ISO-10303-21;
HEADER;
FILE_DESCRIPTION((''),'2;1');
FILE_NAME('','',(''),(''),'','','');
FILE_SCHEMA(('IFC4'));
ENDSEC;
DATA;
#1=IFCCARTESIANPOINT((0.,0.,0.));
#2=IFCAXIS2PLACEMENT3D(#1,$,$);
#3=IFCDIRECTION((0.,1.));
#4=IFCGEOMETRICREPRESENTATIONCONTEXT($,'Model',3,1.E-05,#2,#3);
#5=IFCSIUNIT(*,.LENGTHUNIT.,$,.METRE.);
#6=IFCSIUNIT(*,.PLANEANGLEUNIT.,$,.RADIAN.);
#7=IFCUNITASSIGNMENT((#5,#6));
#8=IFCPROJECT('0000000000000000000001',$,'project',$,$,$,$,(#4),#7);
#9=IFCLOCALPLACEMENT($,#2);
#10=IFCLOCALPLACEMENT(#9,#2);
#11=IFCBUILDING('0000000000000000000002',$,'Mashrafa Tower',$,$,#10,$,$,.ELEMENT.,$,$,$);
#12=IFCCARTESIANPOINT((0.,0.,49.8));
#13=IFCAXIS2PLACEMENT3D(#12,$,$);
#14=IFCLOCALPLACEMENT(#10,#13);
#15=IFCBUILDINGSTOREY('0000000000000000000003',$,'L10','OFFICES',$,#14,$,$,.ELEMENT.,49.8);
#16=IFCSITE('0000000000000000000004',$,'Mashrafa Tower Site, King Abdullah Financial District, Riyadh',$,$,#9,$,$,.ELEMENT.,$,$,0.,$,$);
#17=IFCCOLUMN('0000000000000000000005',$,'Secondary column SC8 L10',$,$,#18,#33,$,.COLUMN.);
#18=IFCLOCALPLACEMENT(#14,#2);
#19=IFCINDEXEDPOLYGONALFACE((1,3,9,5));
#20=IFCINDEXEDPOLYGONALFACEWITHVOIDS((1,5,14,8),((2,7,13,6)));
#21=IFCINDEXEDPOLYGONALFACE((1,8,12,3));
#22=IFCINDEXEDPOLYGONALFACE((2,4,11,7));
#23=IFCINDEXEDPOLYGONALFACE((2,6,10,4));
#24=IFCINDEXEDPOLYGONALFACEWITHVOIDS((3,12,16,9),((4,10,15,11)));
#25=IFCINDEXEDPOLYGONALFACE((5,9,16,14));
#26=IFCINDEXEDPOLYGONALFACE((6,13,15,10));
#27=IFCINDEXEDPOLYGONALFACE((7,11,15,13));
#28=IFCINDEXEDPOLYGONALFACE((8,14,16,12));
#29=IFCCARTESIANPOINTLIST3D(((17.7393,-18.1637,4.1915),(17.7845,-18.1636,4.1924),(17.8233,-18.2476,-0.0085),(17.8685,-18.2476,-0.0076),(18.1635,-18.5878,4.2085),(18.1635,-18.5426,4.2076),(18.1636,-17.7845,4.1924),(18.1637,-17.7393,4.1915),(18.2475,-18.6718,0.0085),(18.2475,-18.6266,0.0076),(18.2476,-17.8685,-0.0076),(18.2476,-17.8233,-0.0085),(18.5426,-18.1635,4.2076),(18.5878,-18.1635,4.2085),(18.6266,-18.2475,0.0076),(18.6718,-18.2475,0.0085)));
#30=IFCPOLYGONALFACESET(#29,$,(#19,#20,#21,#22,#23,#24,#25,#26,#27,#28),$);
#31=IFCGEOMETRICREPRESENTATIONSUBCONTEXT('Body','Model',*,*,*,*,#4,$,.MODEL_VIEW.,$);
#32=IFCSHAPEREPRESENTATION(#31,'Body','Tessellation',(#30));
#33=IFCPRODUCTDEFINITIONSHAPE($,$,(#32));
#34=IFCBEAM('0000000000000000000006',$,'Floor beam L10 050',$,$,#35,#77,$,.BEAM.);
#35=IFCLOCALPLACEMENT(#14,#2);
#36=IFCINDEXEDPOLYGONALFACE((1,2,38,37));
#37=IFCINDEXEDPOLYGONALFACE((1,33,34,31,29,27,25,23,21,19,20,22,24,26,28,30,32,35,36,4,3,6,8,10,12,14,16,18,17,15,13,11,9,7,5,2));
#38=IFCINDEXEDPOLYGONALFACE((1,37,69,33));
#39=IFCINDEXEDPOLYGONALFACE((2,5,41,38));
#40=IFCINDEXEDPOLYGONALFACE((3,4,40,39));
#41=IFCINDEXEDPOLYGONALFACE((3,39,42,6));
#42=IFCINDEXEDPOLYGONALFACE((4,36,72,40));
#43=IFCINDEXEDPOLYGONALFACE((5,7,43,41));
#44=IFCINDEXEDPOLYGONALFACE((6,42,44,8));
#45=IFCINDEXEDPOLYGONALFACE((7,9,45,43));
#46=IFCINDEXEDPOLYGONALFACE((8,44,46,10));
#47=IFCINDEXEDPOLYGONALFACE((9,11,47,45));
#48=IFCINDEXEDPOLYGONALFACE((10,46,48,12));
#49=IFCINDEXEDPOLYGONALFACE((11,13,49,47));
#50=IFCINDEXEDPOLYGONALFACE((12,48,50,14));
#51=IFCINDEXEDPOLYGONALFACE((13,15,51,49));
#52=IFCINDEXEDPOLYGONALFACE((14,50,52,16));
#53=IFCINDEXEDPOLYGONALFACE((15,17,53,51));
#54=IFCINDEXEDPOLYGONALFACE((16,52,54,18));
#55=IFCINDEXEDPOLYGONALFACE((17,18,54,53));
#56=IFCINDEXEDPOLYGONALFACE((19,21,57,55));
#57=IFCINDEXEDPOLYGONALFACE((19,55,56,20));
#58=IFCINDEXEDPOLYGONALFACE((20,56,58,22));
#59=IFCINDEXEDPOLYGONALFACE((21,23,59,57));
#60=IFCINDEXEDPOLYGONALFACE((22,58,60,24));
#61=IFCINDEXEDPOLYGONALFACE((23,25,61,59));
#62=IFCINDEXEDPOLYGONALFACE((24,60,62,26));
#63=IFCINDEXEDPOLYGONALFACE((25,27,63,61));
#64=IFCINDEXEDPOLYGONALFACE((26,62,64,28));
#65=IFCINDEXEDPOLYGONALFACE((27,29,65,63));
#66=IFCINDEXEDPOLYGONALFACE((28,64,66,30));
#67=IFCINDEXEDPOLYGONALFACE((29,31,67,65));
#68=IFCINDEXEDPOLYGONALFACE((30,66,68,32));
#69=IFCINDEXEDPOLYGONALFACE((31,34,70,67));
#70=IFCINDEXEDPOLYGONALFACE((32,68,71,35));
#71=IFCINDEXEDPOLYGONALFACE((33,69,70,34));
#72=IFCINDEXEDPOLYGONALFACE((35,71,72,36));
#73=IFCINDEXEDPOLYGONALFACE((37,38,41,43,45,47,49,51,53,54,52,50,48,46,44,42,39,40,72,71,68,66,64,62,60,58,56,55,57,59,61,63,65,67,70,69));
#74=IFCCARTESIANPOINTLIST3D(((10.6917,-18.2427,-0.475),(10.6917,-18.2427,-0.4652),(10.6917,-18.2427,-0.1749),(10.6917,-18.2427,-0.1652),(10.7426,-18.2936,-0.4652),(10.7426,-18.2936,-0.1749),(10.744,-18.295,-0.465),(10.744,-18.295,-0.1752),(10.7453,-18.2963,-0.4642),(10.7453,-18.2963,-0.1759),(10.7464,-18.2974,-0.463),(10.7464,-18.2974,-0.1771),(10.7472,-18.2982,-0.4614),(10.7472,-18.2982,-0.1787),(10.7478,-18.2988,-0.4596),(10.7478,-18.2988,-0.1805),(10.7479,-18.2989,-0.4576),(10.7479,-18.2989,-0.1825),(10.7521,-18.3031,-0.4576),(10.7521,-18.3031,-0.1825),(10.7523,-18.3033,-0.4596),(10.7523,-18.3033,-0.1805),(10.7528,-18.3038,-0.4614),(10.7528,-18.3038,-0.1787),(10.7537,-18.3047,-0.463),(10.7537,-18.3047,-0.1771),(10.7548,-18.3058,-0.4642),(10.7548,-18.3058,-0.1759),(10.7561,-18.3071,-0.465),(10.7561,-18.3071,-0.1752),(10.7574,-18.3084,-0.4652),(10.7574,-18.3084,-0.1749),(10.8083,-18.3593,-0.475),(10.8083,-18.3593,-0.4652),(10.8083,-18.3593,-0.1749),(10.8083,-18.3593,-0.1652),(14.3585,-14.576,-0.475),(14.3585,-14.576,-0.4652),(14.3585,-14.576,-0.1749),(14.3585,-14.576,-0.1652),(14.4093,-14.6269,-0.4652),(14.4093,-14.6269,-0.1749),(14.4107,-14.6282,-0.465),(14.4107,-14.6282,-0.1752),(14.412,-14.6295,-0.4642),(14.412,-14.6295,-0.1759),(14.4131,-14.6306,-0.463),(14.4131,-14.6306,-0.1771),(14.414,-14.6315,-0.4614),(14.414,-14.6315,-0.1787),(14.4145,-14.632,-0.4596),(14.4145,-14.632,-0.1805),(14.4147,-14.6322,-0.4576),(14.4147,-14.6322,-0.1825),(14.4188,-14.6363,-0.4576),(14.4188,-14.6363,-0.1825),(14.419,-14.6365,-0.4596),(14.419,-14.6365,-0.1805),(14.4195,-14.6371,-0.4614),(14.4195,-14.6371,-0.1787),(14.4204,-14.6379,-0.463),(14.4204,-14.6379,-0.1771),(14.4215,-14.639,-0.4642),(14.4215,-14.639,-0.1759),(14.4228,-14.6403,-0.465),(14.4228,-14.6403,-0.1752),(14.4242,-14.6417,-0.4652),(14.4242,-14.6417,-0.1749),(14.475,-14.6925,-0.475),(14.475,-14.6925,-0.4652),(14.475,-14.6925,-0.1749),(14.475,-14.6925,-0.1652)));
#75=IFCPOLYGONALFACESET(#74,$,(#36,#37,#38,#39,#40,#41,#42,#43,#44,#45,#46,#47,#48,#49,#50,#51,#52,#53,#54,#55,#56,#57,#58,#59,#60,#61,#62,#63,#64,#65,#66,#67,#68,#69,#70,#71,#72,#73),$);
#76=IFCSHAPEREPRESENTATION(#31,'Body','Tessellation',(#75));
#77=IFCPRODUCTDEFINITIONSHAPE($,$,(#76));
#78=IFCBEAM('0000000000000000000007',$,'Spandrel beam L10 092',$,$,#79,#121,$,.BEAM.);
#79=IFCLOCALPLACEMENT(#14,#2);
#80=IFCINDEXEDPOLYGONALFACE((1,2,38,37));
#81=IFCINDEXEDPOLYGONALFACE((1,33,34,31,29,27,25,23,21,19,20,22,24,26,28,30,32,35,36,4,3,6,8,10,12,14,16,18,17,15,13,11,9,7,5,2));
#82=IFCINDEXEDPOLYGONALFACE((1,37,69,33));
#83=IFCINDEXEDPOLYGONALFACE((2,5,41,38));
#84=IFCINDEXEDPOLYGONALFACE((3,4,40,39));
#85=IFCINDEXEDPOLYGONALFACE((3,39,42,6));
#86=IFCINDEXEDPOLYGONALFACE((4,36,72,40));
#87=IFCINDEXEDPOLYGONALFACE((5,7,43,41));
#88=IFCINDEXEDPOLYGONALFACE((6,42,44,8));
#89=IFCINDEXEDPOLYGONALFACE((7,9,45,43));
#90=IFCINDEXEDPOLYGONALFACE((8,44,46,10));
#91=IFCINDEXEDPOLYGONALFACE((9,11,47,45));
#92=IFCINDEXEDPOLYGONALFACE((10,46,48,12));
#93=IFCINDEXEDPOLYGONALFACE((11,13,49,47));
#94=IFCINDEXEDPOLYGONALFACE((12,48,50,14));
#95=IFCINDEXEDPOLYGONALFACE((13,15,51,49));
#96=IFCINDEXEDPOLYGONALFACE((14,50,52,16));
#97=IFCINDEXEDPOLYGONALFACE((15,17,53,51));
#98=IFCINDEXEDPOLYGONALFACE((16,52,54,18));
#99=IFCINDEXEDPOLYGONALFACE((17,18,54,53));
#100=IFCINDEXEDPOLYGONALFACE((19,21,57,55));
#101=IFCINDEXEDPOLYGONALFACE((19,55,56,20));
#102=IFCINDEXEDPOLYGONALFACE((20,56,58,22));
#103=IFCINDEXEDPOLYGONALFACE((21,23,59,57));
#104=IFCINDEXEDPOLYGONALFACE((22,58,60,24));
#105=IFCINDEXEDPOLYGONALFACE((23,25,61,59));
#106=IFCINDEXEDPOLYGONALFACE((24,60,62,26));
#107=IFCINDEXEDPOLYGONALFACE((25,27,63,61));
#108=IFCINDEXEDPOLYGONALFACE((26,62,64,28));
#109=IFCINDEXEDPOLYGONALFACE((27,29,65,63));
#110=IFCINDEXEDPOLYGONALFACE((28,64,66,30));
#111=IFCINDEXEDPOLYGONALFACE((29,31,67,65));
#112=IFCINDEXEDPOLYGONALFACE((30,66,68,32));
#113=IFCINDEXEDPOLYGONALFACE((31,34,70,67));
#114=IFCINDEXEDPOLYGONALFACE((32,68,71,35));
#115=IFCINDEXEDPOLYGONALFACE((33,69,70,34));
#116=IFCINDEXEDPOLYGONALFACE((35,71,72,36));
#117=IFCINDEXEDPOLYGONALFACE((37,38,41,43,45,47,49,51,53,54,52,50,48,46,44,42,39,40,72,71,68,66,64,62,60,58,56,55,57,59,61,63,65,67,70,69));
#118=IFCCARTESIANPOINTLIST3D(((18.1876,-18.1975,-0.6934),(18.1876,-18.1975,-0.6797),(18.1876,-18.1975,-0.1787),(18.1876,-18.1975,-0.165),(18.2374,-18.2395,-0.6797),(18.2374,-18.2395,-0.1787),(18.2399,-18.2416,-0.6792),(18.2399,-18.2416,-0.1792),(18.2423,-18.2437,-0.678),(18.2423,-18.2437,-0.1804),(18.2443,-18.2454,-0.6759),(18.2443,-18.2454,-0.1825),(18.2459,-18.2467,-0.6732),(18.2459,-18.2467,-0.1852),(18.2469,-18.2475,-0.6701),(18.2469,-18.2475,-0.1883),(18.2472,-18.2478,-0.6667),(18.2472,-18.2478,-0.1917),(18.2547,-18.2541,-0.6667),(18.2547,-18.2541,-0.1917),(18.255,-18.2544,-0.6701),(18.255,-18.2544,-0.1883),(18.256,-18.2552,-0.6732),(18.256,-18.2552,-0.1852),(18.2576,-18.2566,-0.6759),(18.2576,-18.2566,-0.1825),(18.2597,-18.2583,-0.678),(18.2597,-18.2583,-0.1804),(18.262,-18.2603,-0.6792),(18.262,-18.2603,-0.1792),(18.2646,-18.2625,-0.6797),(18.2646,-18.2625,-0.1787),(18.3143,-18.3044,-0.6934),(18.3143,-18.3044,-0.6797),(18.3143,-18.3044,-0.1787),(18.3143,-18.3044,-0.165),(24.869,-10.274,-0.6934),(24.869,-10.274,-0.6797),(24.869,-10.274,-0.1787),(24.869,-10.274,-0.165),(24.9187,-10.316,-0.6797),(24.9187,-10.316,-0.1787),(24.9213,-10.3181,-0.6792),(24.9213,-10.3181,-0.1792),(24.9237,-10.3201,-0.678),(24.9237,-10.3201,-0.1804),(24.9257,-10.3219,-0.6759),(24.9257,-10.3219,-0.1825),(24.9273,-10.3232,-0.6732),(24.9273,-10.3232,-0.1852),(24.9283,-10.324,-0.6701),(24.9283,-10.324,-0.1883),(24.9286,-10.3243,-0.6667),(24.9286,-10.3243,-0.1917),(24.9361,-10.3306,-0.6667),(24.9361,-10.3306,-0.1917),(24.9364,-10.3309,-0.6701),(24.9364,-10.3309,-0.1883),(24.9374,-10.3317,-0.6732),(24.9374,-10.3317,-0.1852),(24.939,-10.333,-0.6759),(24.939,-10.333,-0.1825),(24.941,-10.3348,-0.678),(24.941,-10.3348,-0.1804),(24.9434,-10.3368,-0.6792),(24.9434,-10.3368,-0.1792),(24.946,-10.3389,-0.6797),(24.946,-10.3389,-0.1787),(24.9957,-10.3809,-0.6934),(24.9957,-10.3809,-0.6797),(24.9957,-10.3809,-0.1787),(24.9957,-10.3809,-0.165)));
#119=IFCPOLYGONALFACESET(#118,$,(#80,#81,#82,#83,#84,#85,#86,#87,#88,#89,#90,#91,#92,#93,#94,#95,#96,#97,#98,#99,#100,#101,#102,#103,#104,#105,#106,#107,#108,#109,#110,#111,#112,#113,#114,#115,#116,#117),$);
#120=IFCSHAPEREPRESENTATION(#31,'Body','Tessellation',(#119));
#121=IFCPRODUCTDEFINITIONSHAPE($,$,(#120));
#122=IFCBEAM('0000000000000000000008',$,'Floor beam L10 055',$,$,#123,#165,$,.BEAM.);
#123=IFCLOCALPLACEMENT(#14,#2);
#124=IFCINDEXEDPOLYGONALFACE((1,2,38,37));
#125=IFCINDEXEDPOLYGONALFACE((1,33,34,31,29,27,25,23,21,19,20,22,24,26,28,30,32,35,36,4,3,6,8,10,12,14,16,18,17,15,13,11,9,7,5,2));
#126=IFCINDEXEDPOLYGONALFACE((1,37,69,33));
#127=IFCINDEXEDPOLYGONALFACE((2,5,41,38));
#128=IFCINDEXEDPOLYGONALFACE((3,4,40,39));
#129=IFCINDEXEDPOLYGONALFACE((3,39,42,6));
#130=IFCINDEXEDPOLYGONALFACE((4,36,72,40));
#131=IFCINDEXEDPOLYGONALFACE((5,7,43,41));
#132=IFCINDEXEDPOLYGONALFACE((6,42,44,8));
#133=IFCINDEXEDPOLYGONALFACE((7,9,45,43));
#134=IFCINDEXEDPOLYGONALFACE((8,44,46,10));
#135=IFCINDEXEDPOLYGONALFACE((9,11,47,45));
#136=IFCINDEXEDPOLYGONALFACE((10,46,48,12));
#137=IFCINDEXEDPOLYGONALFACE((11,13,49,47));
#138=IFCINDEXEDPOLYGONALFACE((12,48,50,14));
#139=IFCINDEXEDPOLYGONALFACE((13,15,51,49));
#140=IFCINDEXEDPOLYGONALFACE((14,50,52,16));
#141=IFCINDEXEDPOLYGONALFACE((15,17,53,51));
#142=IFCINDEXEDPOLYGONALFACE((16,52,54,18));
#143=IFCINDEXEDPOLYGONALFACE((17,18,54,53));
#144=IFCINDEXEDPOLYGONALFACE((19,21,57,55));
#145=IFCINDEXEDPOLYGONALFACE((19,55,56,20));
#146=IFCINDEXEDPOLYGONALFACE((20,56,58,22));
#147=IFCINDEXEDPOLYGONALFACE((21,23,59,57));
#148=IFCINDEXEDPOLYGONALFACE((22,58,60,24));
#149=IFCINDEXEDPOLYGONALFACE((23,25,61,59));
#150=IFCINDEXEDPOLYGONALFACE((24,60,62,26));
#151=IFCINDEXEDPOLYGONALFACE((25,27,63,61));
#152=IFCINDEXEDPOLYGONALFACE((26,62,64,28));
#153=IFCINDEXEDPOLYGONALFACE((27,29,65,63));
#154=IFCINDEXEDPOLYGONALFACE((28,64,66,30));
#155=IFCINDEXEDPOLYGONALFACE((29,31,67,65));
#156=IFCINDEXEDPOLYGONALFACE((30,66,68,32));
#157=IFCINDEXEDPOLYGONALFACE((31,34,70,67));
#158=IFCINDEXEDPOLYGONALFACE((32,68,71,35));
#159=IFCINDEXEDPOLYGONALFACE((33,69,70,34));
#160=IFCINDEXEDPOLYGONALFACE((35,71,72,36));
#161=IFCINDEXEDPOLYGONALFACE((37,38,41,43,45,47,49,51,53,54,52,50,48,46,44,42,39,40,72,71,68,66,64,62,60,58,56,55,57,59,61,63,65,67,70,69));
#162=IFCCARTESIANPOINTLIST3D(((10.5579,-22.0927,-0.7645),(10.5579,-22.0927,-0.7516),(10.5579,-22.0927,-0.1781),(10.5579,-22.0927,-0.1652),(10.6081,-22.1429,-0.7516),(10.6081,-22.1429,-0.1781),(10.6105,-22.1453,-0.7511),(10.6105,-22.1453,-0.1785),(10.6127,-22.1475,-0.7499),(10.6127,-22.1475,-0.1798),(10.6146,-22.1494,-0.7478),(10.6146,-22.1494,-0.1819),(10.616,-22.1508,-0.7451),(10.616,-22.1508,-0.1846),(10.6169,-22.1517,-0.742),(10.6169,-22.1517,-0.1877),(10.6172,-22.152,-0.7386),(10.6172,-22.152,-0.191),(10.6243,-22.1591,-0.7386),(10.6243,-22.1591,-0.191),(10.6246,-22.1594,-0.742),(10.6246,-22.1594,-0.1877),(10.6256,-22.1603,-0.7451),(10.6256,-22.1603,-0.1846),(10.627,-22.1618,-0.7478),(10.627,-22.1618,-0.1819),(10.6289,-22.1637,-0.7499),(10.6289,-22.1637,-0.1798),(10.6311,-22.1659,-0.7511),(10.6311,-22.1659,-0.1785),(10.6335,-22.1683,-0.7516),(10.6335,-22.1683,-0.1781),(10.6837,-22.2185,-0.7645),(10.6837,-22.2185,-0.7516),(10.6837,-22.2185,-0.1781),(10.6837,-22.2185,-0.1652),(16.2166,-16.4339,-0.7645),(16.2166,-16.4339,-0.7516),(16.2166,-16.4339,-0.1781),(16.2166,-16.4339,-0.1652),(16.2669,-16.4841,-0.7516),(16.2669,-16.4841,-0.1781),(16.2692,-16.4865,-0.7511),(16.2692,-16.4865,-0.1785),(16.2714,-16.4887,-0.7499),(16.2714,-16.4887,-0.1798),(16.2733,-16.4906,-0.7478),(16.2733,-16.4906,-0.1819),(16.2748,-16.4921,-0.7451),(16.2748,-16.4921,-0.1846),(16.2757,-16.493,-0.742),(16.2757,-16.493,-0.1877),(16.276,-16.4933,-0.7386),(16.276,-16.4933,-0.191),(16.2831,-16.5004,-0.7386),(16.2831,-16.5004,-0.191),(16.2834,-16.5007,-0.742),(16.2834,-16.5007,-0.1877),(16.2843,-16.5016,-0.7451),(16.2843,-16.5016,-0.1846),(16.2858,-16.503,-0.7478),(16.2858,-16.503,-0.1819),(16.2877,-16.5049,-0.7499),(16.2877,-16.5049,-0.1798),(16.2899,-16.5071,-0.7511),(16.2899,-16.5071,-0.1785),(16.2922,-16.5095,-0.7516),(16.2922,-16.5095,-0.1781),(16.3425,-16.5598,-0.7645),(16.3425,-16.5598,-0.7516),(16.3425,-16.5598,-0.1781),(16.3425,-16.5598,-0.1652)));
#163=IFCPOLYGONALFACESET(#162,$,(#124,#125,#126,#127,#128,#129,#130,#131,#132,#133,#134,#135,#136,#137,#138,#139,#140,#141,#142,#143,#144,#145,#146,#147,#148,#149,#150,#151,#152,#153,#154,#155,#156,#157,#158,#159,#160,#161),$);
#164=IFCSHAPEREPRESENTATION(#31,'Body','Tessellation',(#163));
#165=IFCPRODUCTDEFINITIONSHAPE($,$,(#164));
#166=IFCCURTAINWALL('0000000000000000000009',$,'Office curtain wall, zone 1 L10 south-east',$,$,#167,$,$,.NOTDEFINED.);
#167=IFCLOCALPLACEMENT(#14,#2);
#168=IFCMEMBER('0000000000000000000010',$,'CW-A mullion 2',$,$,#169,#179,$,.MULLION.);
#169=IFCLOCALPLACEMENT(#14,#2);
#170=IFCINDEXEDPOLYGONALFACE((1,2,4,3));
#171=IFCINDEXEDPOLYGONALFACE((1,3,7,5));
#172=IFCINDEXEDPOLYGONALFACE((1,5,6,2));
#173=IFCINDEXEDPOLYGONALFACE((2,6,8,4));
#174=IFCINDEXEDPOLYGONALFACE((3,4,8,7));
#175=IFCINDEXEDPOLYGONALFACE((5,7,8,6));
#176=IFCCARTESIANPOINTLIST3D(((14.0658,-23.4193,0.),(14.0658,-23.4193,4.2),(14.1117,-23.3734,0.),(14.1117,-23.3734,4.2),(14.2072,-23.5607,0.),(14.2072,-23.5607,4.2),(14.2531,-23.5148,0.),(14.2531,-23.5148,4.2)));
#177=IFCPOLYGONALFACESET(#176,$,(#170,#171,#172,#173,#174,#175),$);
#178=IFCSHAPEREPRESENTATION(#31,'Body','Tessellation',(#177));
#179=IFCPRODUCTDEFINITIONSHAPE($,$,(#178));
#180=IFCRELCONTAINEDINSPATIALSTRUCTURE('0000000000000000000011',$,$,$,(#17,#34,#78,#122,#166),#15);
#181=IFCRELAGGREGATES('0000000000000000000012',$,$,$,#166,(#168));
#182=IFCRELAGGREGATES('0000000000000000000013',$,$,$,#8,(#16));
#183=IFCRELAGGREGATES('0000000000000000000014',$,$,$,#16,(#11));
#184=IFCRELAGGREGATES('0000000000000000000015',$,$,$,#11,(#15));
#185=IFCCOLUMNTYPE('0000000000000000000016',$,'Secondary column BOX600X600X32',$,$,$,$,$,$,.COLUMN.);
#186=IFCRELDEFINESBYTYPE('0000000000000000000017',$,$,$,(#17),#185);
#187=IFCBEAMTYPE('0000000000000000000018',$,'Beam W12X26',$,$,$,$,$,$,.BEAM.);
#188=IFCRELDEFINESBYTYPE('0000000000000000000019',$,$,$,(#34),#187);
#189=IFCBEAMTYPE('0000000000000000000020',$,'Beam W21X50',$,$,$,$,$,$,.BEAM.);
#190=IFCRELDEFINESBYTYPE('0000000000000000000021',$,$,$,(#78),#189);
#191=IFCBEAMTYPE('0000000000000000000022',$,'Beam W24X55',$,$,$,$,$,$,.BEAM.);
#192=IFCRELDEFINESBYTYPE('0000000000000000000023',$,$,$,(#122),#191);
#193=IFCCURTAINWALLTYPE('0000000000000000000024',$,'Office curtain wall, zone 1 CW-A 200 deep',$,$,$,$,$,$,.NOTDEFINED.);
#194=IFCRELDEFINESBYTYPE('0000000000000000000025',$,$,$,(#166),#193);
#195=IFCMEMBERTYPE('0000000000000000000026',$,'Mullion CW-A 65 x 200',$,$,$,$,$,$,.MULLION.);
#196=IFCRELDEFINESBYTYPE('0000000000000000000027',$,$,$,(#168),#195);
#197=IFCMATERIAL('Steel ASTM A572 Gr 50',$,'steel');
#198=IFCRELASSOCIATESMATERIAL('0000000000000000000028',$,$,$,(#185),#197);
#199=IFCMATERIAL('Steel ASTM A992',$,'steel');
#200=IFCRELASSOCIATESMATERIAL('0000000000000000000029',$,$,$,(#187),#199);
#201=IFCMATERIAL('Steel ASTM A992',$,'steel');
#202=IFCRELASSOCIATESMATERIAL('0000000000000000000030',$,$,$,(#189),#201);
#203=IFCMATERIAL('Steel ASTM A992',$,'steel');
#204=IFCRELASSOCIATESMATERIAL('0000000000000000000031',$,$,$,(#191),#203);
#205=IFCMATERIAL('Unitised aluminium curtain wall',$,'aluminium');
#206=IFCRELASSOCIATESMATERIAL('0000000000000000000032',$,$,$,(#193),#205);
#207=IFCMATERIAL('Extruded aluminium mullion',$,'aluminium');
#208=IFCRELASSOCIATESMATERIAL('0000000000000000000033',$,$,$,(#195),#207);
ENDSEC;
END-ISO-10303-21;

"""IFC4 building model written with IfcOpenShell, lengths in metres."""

from ifc_helpers import new_model, si_unit, direction, frame, origin, origin_2d, place, context, subcontext, project, spatial, rectangle, hollow_rectangle, i_section, extrude, source, transform, mapped, material, material_profile, profile_set, type_object, type_shapes, element, aggregate, save


model = new_model("IFC4")

# Units and contexts
model_context = context("Model", 3, precision=1e-05, world=origin(), true_north=direction((0.0, 1.0)))
body_context = subcontext(model_context, "Body", "Model", "MODEL_VIEW")
ifc_project = project(units=[si_unit("LENGTHUNIT", "METRE"), si_unit("PLANEANGLEUNIT", "RADIAN")], contexts=[model_context])

# Site, building, storey
site_placement = place(None, origin())
site = spatial("IfcSite", under=ifc_project, at=site_placement, Name="Mashrafa Tower Site, King Abdullah Financial District, Riyadh", CompositionType="ELEMENT", RefElevation=0.0)
building_placement = place(site_placement, origin())
building = spatial("IfcBuilding", under=site, at=building_placement, Name="Mashrafa Tower", CompositionType="ELEMENT")
storey_placement = place(building_placement, frame((0.0, 0.0, 49.8)))
storey = spatial("IfcBuildingStorey", under=building, at=storey_placement, Name="L10", Description="OFFICES", CompositionType="ELEMENT", Elevation=49.8)

# Column
ifc_material_1 = material(Name="Steel ASTM A572 Gr 50", Category="steel")
ifc_material_profile_1 = material_profile(ifc_material_1, hollow_rectangle(XDim=0.6001, YDim=0.6001, WallThickness=0.032, at=origin_2d()), Name="BOX600X600X32")
ifc_profile_set_1 = profile_set([ifc_material_profile_1], Name="Steel ASTM A572 Gr 50")
column_type = type_object("IfcColumnType", Name="Secondary column BOX600X600X32", PredefinedType="COLUMN", material=ifc_profile_set_1)
column_placement = place(storey_placement, frame((18.2476, -18.2476, 0.0), z_axis=(-0.019989, 0.019989, 0.9996), x_axis=(-0.707107, -0.707107, 0.0)))
element("IfcColumn", 1, at=column_placement, inside=storey, type_object=column_type, Name="Secondary column SC8 L10", PredefinedType="COLUMN", context=body_context, shape_type="SweptSolid", body=[
    extrude(hollow_rectangle(XDim=0.6001, YDim=0.6001, WallThickness=0.032, at=origin_2d()), origin(), (0.0, 0.0, 1.0), 4.2017),
])

# Beams
ifc_material_2 = material(Name="Steel ASTM A992", Category="steel")
ifc_material_profile_2 = material_profile(ifc_material_2, i_section(OverallWidth=0.1648, OverallDepth=0.3098, WebThickness=0.0059, FlangeThickness=0.0098, FilletRadius=0.0076, at=origin_2d()), Name="W12X26")
ifc_profile_set_2 = profile_set([ifc_material_profile_2], Name="Steel ASTM A992")
beam_type_1 = type_object("IfcBeamType", Name="Beam W12X26", PredefinedType="BEAM", material=ifc_profile_set_2)
beam_1_placement = place(storey_placement, frame((14.4167, -14.6343, -0.3201), z_axis=(-0.707107, -0.707107, 0.0), x_axis=(0.707107, -0.707107, 0.0)))
element("IfcBeam", 2, at=beam_1_placement, inside=storey, type_object=beam_type_1, Name="Floor beam L10 050", PredefinedType="BEAM", context=body_context, shape_type="SweptSolid", body=[
    extrude(i_section(OverallWidth=0.1648, OverallDepth=0.3098, WebThickness=0.0059, FlangeThickness=0.0098, FilletRadius=0.0076, at=origin_2d()), origin(), (0.0, 0.0, 1.0), 5.1855),
])
ifc_material_3 = material(Name="Steel ASTM A992", Category="steel")
ifc_material_profile_3 = material_profile(ifc_material_3, i_section(OverallWidth=0.1658, OverallDepth=0.5283, WebThickness=0.0098, FlangeThickness=0.0137, FilletRadius=0.0129, at=origin_2d()), Name="W21X50")
ifc_profile_set_3 = profile_set([ifc_material_profile_3], Name="Steel ASTM A992")
beam_type_2 = type_object("IfcBeamType", Name="Beam W21X50", PredefinedType="BEAM", material=ifc_profile_set_3)
beam_2_placement = place(storey_placement, frame((18.251, -18.251, -0.4292), z_axis=(0.644638, 0.764488, 0.0), x_axis=(-0.764488, 0.644638, 0.0)))
element("IfcBeam", 3, at=beam_2_placement, inside=storey, type_object=beam_type_2, Name="Spandrel beam L10 092", PredefinedType="BEAM", context=body_context, shape_type="SweptSolid", body=[
    extrude(i_section(OverallWidth=0.1658, OverallDepth=0.5283, WebThickness=0.0098, FlangeThickness=0.0137, FilletRadius=0.0129, at=origin_2d()), origin(), (0.0, 0.0, 1.0), 10.3645),
])
ifc_material_4 = material(Name="Steel ASTM A992", Category="steel")
ifc_material_profile_4 = material_profile(ifc_material_4, i_section(OverallWidth=0.178, OverallDepth=0.5994, WebThickness=0.01, FlangeThickness=0.0129, FilletRadius=0.0129, at=origin_2d()), Name="W24X55")
ifc_profile_set_4 = profile_set([ifc_material_profile_4], Name="Steel ASTM A992")
beam_type_3 = type_object("IfcBeamType", Name="Beam W24X55", PredefinedType="BEAM", material=ifc_profile_set_4)
beam_3_placement = place(storey_placement, frame((16.2795, -16.4968, -0.4648), z_axis=(-0.707107, -0.707107, 0.0), x_axis=(0.707107, -0.707107, 0.0)))
element("IfcBeam", 4, at=beam_3_placement, inside=storey, type_object=beam_type_3, Name="Floor beam L10 055", PredefinedType="BEAM", context=body_context, shape_type="SweptSolid", body=[
    extrude(i_section(OverallWidth=0.178, OverallDepth=0.5994, WebThickness=0.01, FlangeThickness=0.0129, FilletRadius=0.0129, at=origin_2d()), origin(), (0.0, 0.0, 1.0), 8.0027),
])

# Curtain wall, member
ifc_material_5 = material(Name="Unitised aluminium curtain wall", Category="aluminium")
curtain_wall_type = type_object("IfcCurtainWallType", Name="Office curtain wall, zone 1 CW-A 200 deep", PredefinedType="NOTDEFINED", material=ifc_material_5)
curtain_wall_placement = place(storey_placement, origin())
curtain_wall = element("IfcCurtainWall", 5, at=curtain_wall_placement, inside=storey, type_object=curtain_wall_type, Name="Office curtain wall, zone 1 L10 south-east", PredefinedType="NOTDEFINED")
ifc_material_6 = material(Name="Extruded aluminium mullion", Category="aluminium")
ifc_material_profile_5 = material_profile(ifc_material_6, rectangle(XDim=0.2, YDim=0.0649, at=origin_2d()), Name="Mullion 65x200")
ifc_profile_set_5 = profile_set([ifc_material_profile_5], Name="Extruded aluminium mullion")
member_type_1 = type_object("IfcMemberType", Name="Mullion CW-A 65 x 200", PredefinedType="MULLION", material=ifc_profile_set_5)
shared_shape_1 = source(origin(), body_context, "Body", "SweptSolid", [
    extrude(rectangle(XDim=0.2, YDim=0.0649, at=origin_2d()), origin(), (0.0, 0.0, 1.0), 4.2),
])
type_shapes(member_type_1, [shared_shape_1])
member_1_placement = place(storey_placement, frame((14.1594, -23.467, 0.0), z_axis=(0.0, 0.0, 1.0), x_axis=(-0.707107, 0.707107, 0.0)))
member_1 = element("IfcMember", 6, at=member_1_placement, type_object=member_type_1, Name="CW-A mullion 2", PredefinedType="MULLION", context=body_context, shape_type="MappedRepresentation", body=[
    mapped(shared_shape_1, transform((0.0, 0.0, 0.0))),
])
aggregate(curtain_wall, [member_1])

save(model, "model.ifc")
